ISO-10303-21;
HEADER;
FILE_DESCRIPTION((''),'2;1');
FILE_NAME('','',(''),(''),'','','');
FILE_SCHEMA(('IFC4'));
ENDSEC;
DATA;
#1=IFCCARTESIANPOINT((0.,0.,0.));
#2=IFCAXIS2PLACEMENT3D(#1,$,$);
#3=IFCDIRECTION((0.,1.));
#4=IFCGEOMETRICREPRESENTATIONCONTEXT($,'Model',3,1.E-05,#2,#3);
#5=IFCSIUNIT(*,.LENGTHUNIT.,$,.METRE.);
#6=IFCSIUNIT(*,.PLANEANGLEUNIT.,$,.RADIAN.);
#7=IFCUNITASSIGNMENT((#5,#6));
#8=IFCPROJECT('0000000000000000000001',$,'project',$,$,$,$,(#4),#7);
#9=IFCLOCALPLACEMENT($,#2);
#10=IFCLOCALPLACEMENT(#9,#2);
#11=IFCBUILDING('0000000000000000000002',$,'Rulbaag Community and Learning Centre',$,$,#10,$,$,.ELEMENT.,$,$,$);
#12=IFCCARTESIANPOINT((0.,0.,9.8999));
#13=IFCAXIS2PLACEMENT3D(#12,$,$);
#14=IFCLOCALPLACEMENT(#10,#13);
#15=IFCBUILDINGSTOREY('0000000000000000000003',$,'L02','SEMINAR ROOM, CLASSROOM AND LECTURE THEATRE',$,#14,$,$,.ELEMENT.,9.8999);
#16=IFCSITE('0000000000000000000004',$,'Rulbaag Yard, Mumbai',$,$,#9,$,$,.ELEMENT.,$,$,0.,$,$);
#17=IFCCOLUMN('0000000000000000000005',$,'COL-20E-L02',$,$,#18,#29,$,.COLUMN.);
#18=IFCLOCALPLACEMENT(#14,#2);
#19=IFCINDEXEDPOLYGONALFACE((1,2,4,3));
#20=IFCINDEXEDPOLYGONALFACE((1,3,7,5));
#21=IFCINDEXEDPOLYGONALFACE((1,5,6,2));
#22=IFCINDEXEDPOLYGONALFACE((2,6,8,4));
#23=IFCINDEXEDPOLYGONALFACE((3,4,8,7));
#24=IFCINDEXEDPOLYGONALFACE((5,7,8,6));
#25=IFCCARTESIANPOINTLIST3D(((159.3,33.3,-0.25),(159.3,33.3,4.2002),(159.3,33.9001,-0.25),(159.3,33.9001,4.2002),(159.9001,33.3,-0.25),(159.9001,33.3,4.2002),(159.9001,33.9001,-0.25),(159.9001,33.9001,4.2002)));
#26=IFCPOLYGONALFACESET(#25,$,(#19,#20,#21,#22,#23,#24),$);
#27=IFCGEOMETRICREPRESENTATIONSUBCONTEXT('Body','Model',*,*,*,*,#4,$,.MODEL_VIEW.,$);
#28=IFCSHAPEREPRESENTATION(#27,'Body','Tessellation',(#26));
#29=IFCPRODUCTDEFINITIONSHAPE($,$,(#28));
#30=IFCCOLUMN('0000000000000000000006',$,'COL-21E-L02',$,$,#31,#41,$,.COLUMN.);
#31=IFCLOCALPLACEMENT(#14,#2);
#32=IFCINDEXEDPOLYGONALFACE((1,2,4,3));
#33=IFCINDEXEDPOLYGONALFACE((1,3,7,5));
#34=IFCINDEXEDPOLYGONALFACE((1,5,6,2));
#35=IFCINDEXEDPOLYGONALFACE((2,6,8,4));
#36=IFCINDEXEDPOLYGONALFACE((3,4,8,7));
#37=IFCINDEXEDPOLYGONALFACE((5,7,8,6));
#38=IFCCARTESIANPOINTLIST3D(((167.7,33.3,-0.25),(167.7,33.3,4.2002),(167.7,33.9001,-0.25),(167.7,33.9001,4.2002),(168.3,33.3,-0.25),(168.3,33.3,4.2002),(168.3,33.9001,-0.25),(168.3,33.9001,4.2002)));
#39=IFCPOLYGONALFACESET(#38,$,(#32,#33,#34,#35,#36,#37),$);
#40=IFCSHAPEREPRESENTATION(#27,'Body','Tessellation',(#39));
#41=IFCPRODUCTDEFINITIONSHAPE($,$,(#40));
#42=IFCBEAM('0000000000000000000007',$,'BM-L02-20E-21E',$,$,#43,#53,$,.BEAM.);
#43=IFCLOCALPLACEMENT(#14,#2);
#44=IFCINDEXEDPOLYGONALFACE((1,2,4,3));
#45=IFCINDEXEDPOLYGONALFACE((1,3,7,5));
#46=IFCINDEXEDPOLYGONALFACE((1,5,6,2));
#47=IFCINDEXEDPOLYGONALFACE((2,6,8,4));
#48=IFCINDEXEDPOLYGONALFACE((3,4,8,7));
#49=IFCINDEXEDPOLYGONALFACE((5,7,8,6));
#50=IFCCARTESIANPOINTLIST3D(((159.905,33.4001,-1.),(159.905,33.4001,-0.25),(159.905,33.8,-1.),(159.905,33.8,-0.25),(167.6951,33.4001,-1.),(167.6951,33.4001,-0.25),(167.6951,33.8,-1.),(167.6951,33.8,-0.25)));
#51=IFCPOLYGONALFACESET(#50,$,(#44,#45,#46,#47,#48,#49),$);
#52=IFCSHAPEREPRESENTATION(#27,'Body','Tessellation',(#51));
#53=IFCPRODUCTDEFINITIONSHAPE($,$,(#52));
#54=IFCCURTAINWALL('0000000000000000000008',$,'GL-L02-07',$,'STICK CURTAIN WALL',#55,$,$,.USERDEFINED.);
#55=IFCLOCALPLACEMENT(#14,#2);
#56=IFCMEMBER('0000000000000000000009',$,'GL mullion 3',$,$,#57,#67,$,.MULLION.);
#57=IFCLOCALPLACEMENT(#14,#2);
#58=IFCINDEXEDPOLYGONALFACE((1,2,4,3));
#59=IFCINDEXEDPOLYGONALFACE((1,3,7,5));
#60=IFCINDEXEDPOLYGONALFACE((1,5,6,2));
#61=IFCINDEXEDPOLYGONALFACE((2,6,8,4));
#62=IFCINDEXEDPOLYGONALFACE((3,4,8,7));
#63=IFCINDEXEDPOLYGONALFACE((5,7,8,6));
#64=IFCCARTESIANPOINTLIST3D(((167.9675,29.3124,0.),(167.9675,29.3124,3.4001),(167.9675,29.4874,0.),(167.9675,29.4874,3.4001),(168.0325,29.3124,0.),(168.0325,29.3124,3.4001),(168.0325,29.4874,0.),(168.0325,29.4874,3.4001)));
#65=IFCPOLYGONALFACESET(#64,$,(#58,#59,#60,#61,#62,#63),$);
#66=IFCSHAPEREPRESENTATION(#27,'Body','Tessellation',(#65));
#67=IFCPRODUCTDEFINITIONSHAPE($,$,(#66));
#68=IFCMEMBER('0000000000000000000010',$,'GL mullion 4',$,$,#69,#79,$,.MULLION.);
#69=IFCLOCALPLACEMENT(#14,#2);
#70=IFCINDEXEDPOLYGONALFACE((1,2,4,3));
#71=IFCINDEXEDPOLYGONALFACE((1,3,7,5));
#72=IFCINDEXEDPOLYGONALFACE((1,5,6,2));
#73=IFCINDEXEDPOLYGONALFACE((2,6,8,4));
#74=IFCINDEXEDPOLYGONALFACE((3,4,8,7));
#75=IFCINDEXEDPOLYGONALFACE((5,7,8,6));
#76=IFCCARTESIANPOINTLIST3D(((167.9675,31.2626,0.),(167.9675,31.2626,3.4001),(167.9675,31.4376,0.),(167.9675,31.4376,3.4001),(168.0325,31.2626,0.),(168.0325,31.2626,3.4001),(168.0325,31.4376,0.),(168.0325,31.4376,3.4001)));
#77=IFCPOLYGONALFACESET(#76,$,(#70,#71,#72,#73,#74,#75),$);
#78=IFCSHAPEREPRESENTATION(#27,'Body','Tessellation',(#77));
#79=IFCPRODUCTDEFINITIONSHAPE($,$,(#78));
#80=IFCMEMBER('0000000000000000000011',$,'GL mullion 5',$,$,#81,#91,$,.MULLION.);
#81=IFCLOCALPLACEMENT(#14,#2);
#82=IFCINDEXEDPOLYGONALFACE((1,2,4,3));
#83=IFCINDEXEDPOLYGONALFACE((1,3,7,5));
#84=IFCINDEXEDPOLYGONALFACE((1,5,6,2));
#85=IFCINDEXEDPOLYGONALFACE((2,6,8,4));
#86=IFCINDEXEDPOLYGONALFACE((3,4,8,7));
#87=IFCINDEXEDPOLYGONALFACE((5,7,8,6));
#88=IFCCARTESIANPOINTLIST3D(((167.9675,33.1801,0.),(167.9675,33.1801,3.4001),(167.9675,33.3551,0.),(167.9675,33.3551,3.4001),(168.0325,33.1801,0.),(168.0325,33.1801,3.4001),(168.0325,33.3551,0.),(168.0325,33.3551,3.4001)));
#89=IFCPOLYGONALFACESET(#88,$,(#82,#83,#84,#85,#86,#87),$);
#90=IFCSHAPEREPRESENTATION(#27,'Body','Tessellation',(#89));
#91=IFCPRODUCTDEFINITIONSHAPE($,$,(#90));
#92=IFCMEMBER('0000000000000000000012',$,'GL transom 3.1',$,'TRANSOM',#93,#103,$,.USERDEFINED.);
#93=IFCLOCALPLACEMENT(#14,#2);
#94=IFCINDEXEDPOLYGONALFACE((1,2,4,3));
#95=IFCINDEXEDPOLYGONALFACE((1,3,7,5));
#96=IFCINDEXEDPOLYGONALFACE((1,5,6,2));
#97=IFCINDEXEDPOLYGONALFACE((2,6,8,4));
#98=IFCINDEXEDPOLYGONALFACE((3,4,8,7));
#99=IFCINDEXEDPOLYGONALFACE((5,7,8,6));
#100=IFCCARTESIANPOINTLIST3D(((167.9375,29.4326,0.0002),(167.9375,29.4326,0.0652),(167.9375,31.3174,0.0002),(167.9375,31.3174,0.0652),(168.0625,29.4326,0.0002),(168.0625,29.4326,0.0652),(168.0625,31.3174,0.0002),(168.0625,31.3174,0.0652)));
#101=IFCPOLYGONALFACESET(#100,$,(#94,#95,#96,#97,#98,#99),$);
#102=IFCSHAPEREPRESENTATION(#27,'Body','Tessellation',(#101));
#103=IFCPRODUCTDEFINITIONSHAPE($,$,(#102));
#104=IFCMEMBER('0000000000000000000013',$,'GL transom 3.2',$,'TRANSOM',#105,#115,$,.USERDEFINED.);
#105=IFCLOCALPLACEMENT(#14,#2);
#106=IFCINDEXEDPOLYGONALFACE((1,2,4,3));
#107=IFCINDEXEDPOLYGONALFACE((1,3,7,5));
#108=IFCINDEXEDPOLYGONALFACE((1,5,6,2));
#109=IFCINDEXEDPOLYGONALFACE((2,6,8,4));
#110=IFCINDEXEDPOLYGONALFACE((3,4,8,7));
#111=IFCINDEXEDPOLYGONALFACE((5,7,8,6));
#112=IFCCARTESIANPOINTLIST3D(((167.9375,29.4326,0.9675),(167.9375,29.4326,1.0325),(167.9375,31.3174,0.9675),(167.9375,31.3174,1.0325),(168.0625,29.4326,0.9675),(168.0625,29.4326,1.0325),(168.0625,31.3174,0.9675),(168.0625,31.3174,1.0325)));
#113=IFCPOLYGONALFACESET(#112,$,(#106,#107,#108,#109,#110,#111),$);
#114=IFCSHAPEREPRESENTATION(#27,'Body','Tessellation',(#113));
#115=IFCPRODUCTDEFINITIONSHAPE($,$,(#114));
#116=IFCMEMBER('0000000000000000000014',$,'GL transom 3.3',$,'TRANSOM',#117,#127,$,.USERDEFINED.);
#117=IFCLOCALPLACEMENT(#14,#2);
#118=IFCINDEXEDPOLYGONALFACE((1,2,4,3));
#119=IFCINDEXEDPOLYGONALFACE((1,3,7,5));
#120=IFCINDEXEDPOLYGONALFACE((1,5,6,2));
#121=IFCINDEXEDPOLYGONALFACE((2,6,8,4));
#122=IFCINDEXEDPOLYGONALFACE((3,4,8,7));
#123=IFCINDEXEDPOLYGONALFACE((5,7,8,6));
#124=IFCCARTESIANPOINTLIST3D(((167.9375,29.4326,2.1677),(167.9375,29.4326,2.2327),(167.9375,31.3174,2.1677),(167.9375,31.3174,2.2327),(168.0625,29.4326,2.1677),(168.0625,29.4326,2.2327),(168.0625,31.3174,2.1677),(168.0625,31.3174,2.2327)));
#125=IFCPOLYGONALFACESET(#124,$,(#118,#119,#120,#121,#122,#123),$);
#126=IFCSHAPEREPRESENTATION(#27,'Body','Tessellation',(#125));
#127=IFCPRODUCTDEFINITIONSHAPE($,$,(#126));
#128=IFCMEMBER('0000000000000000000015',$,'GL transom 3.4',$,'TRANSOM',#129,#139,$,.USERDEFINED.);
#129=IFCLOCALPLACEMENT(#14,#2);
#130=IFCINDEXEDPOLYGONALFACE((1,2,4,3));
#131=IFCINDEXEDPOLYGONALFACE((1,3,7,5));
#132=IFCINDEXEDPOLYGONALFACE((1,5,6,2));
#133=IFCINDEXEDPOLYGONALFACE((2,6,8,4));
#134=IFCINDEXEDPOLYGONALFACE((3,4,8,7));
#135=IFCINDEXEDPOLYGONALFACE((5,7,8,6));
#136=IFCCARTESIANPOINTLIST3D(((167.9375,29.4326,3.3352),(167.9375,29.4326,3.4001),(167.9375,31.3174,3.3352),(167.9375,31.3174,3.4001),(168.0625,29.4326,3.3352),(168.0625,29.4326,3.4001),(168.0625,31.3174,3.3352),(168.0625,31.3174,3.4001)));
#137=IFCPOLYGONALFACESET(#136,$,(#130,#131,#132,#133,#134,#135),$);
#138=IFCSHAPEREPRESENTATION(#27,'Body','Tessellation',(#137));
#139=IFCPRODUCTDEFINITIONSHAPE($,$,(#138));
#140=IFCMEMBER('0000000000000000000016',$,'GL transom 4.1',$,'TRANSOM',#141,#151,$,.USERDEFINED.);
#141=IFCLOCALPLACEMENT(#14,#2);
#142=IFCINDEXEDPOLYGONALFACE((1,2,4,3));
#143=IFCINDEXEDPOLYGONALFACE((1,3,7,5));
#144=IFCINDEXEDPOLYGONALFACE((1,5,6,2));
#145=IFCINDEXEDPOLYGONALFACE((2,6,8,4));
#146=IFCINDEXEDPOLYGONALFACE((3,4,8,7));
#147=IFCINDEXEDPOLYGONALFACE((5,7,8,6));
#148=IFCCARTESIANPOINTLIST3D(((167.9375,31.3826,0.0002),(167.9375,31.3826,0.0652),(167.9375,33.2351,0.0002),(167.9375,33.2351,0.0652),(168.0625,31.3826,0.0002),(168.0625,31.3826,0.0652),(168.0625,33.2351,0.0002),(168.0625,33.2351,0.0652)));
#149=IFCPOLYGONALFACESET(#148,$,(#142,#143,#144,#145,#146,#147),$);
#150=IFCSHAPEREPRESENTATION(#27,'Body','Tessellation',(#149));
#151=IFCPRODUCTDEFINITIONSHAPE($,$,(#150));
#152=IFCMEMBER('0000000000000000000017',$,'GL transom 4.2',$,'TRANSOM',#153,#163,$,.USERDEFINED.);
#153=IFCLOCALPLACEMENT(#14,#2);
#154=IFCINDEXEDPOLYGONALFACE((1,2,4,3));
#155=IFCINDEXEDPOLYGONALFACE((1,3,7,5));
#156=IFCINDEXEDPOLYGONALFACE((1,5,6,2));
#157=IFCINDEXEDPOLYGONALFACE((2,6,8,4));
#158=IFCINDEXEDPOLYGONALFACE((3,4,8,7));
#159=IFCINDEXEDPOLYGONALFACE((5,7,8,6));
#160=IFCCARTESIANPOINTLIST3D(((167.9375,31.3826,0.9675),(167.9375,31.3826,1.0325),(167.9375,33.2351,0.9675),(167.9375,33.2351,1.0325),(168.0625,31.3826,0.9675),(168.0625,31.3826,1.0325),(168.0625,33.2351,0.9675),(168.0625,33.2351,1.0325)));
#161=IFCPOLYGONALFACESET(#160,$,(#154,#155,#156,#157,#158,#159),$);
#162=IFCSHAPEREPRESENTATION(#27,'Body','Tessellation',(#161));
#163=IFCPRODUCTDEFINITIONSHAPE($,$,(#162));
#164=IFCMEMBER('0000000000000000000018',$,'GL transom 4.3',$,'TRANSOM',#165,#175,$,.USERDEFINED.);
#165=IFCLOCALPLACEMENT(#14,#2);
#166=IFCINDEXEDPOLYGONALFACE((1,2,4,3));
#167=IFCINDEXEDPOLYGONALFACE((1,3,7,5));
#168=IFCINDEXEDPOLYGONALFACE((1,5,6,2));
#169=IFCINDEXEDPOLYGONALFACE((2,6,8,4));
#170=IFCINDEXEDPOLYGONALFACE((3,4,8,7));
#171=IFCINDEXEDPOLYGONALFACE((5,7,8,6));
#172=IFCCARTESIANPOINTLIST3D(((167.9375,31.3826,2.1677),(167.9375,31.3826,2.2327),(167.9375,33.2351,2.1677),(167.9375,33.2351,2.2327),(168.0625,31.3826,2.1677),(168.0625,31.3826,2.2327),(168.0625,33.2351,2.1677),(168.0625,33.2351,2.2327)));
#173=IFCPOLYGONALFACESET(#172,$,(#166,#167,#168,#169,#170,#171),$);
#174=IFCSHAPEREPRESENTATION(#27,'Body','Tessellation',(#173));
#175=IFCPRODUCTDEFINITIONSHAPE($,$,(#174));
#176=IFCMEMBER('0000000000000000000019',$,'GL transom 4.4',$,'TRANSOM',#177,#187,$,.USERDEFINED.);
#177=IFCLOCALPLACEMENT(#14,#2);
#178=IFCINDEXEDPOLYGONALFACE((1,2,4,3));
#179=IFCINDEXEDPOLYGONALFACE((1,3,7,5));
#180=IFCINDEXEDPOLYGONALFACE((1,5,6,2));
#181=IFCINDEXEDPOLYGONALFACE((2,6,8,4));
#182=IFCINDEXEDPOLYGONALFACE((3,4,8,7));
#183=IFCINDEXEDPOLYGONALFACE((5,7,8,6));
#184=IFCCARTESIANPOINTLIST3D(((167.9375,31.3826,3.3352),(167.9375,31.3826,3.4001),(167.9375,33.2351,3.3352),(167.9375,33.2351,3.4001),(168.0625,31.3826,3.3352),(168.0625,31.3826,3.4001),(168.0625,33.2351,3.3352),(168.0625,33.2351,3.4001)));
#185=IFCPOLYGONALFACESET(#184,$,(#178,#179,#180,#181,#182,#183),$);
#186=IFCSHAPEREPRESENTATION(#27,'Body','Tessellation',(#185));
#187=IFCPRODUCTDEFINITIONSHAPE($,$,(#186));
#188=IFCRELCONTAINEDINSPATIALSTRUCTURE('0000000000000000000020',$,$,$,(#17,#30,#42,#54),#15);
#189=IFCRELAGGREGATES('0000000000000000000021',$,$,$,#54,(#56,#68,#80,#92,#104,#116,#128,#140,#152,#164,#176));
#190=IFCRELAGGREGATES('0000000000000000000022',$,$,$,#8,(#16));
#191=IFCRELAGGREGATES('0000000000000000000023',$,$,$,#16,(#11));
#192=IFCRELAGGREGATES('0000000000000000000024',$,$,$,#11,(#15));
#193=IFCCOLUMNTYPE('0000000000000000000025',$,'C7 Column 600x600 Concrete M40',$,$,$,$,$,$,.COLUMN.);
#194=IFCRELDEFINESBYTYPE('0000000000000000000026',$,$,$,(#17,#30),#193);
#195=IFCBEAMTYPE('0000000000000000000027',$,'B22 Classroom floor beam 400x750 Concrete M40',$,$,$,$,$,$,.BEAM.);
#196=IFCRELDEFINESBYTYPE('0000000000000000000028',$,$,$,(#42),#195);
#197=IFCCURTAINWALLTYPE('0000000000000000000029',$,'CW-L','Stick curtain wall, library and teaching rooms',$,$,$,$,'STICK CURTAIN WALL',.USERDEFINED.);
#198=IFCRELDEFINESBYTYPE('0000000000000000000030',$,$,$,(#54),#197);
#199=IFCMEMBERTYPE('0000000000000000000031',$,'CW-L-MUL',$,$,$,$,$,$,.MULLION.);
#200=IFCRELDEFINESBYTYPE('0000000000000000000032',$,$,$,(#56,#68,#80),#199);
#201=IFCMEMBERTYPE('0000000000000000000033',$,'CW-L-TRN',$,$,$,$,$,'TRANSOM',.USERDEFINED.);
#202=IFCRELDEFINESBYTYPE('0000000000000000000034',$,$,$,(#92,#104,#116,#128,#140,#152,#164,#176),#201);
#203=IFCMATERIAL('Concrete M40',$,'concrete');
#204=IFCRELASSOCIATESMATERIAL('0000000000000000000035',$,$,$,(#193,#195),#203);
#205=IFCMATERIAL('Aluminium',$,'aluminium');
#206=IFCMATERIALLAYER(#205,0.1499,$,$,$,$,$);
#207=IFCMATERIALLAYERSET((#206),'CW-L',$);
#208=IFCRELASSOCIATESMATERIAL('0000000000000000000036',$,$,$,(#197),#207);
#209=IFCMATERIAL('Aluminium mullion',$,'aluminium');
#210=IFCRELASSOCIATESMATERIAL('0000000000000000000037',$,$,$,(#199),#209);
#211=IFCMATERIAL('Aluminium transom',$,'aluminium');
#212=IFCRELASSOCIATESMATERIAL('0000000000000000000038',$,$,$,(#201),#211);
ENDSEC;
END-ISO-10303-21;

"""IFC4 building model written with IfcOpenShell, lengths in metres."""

from ifc_helpers import new_model, si_unit, direction, frame, origin, origin_2d, place, context, subcontext, project, spatial, rectangle, extrude, material, layer, layer_set, material_profile, profile_set, type_object, element, aggregate, save


model = new_model("IFC4")

# Units and contexts
model_context = context("Model", 3, precision=1e-05, world=origin(), true_north=direction((0.0, 1.0)))
body_context = subcontext(model_context, "Body", "Model", "MODEL_VIEW")
ifc_project = project(units=[si_unit("LENGTHUNIT", "METRE"), si_unit("PLANEANGLEUNIT", "RADIAN")], contexts=[model_context])

# Site, building, storey
site_placement = place(None, origin())
site = spatial("IfcSite", under=ifc_project, at=site_placement, Name="Rulbaag Yard, Mumbai", CompositionType="ELEMENT", RefElevation=0.0)
building_placement = place(site_placement, origin())
building = spatial("IfcBuilding", under=site, at=building_placement, Name="Rulbaag Community and Learning Centre", CompositionType="ELEMENT")
storey_placement = place(building_placement, frame((0.0, 0.0, 9.8999)))
storey = spatial("IfcBuildingStorey", under=building, at=storey_placement, Name="L02", Description="SEMINAR ROOM, CLASSROOM AND LECTURE THEATRE", CompositionType="ELEMENT", Elevation=9.8999)

# Columns
ifc_material_1 = material(Name="Concrete M40", Category="concrete")
ifc_material_profile_1 = material_profile(ifc_material_1, rectangle(XDim=0.6001, YDim=0.6001, at=origin_2d()), Name="RC600x600")
ifc_profile_set_1 = profile_set([ifc_material_profile_1], Name="Concrete M40")
column_type = type_object("IfcColumnType", Name="C7 Column 600x600 Concrete M40", PredefinedType="COLUMN", material=ifc_profile_set_1)
for number, where, z_axis, x_axis, name in (
    (1, (159.6001, 33.6001, -0.25), (0.0, 0.0, 1.0), (1.0, 0.0, 0.0), "COL-20E-L02"),
    (2, (168.0, 33.6001, -0.25), (0.0, 0.0, 1.0), (1.0, 0.0, 0.0), "COL-21E-L02"),
):
    element("IfcColumn", number, at=place(storey_placement, frame(where, z_axis=z_axis, x_axis=x_axis)), inside=storey, type_object=column_type, Name=name, PredefinedType="COLUMN", context=body_context, shape_type="SweptSolid", body=[
        extrude(rectangle(XDim=0.6001, YDim=0.6001, at=origin_2d()), origin(), (0.0, 0.0, 1.0), 4.4502),
    ])

# Beam
ifc_material_profile_2 = material_profile(ifc_material_1, rectangle(XDim=0.3999, YDim=0.75, at=origin_2d()), Name="RB400x750")
ifc_profile_set_2 = profile_set([ifc_material_profile_2], Name="Concrete M40")
beam_type = type_object("IfcBeamType", Name="B22 Classroom floor beam 400x750 Concrete M40", PredefinedType="BEAM", material=ifc_profile_set_2)
beam_placement = place(storey_placement, frame((159.905, 33.6001, -0.625), z_axis=(1.0, 0.0, 0.0), x_axis=(0.0, 1.0, 0.0)))
element("IfcBeam", 3, at=beam_placement, inside=storey, type_object=beam_type, Name="BM-L02-20E-21E", PredefinedType="BEAM", context=body_context, shape_type="SweptSolid", body=[
    extrude(rectangle(XDim=0.3999, YDim=0.75, at=origin_2d()), origin(), (0.0, 0.0, 1.0), 7.79),
])

# Curtain wall, members
ifc_material_2 = material(Name="Aluminium", Category="aluminium")
ifc_layer_1 = layer(ifc_material_2, 0.1499)
ifc_layer_set_1 = layer_set([ifc_layer_1], Name="CW-L")
curtain_wall_type = type_object("IfcCurtainWallType", Name="CW-L", Description="Stick curtain wall, library and teaching rooms", ElementType="STICK CURTAIN WALL", PredefinedType="USERDEFINED", material=ifc_layer_set_1)
curtain_wall_placement = place(storey_placement, origin())
curtain_wall = element("IfcCurtainWall", 4, at=curtain_wall_placement, inside=storey, type_object=curtain_wall_type, Name="GL-L02-07", ObjectType="STICK CURTAIN WALL", PredefinedType="USERDEFINED")
ifc_material_3 = material(Name="Aluminium mullion", Category="aluminium")
ifc_material_profile_3 = material_profile(ifc_material_3, rectangle(XDim=0.0649, YDim=0.175, at=origin_2d()), Name="AL 65x175")
ifc_profile_set_3 = profile_set([ifc_material_profile_3], Name="Aluminium mullion")
member_type_1 = type_object("IfcMemberType", Name="CW-L-MUL", PredefinedType="MULLION", material=ifc_profile_set_3)
member_1_placement = place(storey_placement, frame((168.0, 29.3999, 0.0), z_axis=(0.0, 0.0, 1.0), x_axis=(-1.0, 0.0, 0.0)))
member_1 = element("IfcMember", 5, at=member_1_placement, type_object=member_type_1, Name="GL mullion 3", PredefinedType="MULLION", context=body_context, shape_type="SweptSolid", body=[
    extrude(rectangle(XDim=0.0649, YDim=0.175, at=origin_2d()), origin(), (0.0, 0.0, 1.0), 3.4001),
])
member_2_placement = place(storey_placement, frame((168.0, 31.3501, 0.0), z_axis=(0.0, 0.0, 1.0), x_axis=(-1.0, 0.0, 0.0)))
member_2 = element("IfcMember", 6, at=member_2_placement, type_object=member_type_1, Name="GL mullion 4", PredefinedType="MULLION", context=body_context, shape_type="SweptSolid", body=[
    extrude(rectangle(XDim=0.0649, YDim=0.175, at=origin_2d()), origin(), (0.0, 0.0, 1.0), 3.4001),
])
member_3_placement = place(storey_placement, frame((168.0, 33.2676, 0.0), z_axis=(0.0, 0.0, 1.0), x_axis=(-1.0, 0.0, 0.0)))
member_3 = element("IfcMember", 7, at=member_3_placement, type_object=member_type_1, Name="GL mullion 5", PredefinedType="MULLION", context=body_context, shape_type="SweptSolid", body=[
    extrude(rectangle(XDim=0.0649, YDim=0.175, at=origin_2d()), origin(), (0.0, 0.0, 1.0), 3.4001),
])
ifc_material_4 = material(Name="Aluminium transom", Category="aluminium")
ifc_material_profile_4 = material_profile(ifc_material_4, rectangle(XDim=0.125, YDim=0.0649, at=origin_2d()), Name="AL 65x125 T")
ifc_profile_set_4 = profile_set([ifc_material_profile_4], Name="Aluminium transom")
member_type_2 = type_object("IfcMemberType", Name="CW-L-TRN", ElementType="TRANSOM", PredefinedType="USERDEFINED", material=ifc_profile_set_4)
member_4_placement = place(storey_placement, frame((168.0, 29.4326, 0.0327), z_axis=(0.0, 1.0, 0.0), x_axis=(-1.0, 0.0, 0.0)))
member_4 = element("IfcMember", 8, at=member_4_placement, type_object=member_type_2, Name="GL transom 3.1", ObjectType="TRANSOM", PredefinedType="USERDEFINED", context=body_context, shape_type="SweptSolid", body=[
    extrude(rectangle(XDim=0.125, YDim=0.0649, at=origin_2d()), origin(), (0.0, 0.0, 1.0), 1.8848),
])
member_5_placement = place(storey_placement, frame((168.0, 29.4326, 1.0), z_axis=(0.0, 1.0, 0.0), x_axis=(-1.0, 0.0, 0.0)))
member_5 = element("IfcMember", 9, at=member_5_placement, type_object=member_type_2, Name="GL transom 3.2", ObjectType="TRANSOM", PredefinedType="USERDEFINED", context=body_context, shape_type="SweptSolid", body=[
    extrude(rectangle(XDim=0.125, YDim=0.0649, at=origin_2d()), origin(), (0.0, 0.0, 1.0), 1.8848),
])
member_6_placement = place(storey_placement, frame((168.0, 29.4326, 2.2002), z_axis=(0.0, 1.0, 0.0), x_axis=(-1.0, 0.0, 0.0)))
member_6 = element("IfcMember", 10, at=member_6_placement, type_object=member_type_2, Name="GL transom 3.3", ObjectType="TRANSOM", PredefinedType="USERDEFINED", context=body_context, shape_type="SweptSolid", body=[
    extrude(rectangle(XDim=0.125, YDim=0.0649, at=origin_2d()), origin(), (0.0, 0.0, 1.0), 1.8848),
])
member_7_placement = place(storey_placement, frame((168.0, 29.4326, 3.3677), z_axis=(0.0, 1.0, 0.0), x_axis=(-1.0, 0.0, 0.0)))
member_7 = element("IfcMember", 11, at=member_7_placement, type_object=member_type_2, Name="GL transom 3.4", ObjectType="TRANSOM", PredefinedType="USERDEFINED", context=body_context, shape_type="SweptSolid", body=[
    extrude(rectangle(XDim=0.125, YDim=0.0649, at=origin_2d()), origin(), (0.0, 0.0, 1.0), 1.8848),
])
member_8_placement = place(storey_placement, frame((168.0, 31.3826, 0.0327), z_axis=(0.0, 1.0, 0.0), x_axis=(-1.0, 0.0, 0.0)))
member_8 = element("IfcMember", 12, at=member_8_placement, type_object=member_type_2, Name="GL transom 4.1", ObjectType="TRANSOM", PredefinedType="USERDEFINED", context=body_context, shape_type="SweptSolid", body=[
    extrude(rectangle(XDim=0.125, YDim=0.0649, at=origin_2d()), origin(), (0.0, 0.0, 1.0), 1.8525),
])
member_9_placement = place(storey_placement, frame((168.0, 31.3826, 1.0), z_axis=(0.0, 1.0, 0.0), x_axis=(-1.0, 0.0, 0.0)))
member_9 = element("IfcMember", 13, at=member_9_placement, type_object=member_type_2, Name="GL transom 4.2", ObjectType="TRANSOM", PredefinedType="USERDEFINED", context=body_context, shape_type="SweptSolid", body=[
    extrude(rectangle(XDim=0.125, YDim=0.0649, at=origin_2d()), origin(), (0.0, 0.0, 1.0), 1.8525),
])
member_10_placement = place(storey_placement, frame((168.0, 31.3826, 2.2002), z_axis=(0.0, 1.0, 0.0), x_axis=(-1.0, 0.0, 0.0)))
member_10 = element("IfcMember", 14, at=member_10_placement, type_object=member_type_2, Name="GL transom 4.3", ObjectType="TRANSOM", PredefinedType="USERDEFINED", context=body_context, shape_type="SweptSolid", body=[
    extrude(rectangle(XDim=0.125, YDim=0.0649, at=origin_2d()), origin(), (0.0, 0.0, 1.0), 1.8525),
])
member_11_placement = place(storey_placement, frame((168.0, 31.3826, 3.3677), z_axis=(0.0, 1.0, 0.0), x_axis=(-1.0, 0.0, 0.0)))
member_11 = element("IfcMember", 15, at=member_11_placement, type_object=member_type_2, Name="GL transom 4.4", ObjectType="TRANSOM", PredefinedType="USERDEFINED", context=body_context, shape_type="SweptSolid", body=[
    extrude(rectangle(XDim=0.125, YDim=0.0649, at=origin_2d()), origin(), (0.0, 0.0, 1.0), 1.8525),
])
aggregate(curtain_wall, [member_1, member_2, member_3, member_4, member_5, member_6, member_7, member_8, member_9, member_10, member_11])

save(model, "model.ifc")
